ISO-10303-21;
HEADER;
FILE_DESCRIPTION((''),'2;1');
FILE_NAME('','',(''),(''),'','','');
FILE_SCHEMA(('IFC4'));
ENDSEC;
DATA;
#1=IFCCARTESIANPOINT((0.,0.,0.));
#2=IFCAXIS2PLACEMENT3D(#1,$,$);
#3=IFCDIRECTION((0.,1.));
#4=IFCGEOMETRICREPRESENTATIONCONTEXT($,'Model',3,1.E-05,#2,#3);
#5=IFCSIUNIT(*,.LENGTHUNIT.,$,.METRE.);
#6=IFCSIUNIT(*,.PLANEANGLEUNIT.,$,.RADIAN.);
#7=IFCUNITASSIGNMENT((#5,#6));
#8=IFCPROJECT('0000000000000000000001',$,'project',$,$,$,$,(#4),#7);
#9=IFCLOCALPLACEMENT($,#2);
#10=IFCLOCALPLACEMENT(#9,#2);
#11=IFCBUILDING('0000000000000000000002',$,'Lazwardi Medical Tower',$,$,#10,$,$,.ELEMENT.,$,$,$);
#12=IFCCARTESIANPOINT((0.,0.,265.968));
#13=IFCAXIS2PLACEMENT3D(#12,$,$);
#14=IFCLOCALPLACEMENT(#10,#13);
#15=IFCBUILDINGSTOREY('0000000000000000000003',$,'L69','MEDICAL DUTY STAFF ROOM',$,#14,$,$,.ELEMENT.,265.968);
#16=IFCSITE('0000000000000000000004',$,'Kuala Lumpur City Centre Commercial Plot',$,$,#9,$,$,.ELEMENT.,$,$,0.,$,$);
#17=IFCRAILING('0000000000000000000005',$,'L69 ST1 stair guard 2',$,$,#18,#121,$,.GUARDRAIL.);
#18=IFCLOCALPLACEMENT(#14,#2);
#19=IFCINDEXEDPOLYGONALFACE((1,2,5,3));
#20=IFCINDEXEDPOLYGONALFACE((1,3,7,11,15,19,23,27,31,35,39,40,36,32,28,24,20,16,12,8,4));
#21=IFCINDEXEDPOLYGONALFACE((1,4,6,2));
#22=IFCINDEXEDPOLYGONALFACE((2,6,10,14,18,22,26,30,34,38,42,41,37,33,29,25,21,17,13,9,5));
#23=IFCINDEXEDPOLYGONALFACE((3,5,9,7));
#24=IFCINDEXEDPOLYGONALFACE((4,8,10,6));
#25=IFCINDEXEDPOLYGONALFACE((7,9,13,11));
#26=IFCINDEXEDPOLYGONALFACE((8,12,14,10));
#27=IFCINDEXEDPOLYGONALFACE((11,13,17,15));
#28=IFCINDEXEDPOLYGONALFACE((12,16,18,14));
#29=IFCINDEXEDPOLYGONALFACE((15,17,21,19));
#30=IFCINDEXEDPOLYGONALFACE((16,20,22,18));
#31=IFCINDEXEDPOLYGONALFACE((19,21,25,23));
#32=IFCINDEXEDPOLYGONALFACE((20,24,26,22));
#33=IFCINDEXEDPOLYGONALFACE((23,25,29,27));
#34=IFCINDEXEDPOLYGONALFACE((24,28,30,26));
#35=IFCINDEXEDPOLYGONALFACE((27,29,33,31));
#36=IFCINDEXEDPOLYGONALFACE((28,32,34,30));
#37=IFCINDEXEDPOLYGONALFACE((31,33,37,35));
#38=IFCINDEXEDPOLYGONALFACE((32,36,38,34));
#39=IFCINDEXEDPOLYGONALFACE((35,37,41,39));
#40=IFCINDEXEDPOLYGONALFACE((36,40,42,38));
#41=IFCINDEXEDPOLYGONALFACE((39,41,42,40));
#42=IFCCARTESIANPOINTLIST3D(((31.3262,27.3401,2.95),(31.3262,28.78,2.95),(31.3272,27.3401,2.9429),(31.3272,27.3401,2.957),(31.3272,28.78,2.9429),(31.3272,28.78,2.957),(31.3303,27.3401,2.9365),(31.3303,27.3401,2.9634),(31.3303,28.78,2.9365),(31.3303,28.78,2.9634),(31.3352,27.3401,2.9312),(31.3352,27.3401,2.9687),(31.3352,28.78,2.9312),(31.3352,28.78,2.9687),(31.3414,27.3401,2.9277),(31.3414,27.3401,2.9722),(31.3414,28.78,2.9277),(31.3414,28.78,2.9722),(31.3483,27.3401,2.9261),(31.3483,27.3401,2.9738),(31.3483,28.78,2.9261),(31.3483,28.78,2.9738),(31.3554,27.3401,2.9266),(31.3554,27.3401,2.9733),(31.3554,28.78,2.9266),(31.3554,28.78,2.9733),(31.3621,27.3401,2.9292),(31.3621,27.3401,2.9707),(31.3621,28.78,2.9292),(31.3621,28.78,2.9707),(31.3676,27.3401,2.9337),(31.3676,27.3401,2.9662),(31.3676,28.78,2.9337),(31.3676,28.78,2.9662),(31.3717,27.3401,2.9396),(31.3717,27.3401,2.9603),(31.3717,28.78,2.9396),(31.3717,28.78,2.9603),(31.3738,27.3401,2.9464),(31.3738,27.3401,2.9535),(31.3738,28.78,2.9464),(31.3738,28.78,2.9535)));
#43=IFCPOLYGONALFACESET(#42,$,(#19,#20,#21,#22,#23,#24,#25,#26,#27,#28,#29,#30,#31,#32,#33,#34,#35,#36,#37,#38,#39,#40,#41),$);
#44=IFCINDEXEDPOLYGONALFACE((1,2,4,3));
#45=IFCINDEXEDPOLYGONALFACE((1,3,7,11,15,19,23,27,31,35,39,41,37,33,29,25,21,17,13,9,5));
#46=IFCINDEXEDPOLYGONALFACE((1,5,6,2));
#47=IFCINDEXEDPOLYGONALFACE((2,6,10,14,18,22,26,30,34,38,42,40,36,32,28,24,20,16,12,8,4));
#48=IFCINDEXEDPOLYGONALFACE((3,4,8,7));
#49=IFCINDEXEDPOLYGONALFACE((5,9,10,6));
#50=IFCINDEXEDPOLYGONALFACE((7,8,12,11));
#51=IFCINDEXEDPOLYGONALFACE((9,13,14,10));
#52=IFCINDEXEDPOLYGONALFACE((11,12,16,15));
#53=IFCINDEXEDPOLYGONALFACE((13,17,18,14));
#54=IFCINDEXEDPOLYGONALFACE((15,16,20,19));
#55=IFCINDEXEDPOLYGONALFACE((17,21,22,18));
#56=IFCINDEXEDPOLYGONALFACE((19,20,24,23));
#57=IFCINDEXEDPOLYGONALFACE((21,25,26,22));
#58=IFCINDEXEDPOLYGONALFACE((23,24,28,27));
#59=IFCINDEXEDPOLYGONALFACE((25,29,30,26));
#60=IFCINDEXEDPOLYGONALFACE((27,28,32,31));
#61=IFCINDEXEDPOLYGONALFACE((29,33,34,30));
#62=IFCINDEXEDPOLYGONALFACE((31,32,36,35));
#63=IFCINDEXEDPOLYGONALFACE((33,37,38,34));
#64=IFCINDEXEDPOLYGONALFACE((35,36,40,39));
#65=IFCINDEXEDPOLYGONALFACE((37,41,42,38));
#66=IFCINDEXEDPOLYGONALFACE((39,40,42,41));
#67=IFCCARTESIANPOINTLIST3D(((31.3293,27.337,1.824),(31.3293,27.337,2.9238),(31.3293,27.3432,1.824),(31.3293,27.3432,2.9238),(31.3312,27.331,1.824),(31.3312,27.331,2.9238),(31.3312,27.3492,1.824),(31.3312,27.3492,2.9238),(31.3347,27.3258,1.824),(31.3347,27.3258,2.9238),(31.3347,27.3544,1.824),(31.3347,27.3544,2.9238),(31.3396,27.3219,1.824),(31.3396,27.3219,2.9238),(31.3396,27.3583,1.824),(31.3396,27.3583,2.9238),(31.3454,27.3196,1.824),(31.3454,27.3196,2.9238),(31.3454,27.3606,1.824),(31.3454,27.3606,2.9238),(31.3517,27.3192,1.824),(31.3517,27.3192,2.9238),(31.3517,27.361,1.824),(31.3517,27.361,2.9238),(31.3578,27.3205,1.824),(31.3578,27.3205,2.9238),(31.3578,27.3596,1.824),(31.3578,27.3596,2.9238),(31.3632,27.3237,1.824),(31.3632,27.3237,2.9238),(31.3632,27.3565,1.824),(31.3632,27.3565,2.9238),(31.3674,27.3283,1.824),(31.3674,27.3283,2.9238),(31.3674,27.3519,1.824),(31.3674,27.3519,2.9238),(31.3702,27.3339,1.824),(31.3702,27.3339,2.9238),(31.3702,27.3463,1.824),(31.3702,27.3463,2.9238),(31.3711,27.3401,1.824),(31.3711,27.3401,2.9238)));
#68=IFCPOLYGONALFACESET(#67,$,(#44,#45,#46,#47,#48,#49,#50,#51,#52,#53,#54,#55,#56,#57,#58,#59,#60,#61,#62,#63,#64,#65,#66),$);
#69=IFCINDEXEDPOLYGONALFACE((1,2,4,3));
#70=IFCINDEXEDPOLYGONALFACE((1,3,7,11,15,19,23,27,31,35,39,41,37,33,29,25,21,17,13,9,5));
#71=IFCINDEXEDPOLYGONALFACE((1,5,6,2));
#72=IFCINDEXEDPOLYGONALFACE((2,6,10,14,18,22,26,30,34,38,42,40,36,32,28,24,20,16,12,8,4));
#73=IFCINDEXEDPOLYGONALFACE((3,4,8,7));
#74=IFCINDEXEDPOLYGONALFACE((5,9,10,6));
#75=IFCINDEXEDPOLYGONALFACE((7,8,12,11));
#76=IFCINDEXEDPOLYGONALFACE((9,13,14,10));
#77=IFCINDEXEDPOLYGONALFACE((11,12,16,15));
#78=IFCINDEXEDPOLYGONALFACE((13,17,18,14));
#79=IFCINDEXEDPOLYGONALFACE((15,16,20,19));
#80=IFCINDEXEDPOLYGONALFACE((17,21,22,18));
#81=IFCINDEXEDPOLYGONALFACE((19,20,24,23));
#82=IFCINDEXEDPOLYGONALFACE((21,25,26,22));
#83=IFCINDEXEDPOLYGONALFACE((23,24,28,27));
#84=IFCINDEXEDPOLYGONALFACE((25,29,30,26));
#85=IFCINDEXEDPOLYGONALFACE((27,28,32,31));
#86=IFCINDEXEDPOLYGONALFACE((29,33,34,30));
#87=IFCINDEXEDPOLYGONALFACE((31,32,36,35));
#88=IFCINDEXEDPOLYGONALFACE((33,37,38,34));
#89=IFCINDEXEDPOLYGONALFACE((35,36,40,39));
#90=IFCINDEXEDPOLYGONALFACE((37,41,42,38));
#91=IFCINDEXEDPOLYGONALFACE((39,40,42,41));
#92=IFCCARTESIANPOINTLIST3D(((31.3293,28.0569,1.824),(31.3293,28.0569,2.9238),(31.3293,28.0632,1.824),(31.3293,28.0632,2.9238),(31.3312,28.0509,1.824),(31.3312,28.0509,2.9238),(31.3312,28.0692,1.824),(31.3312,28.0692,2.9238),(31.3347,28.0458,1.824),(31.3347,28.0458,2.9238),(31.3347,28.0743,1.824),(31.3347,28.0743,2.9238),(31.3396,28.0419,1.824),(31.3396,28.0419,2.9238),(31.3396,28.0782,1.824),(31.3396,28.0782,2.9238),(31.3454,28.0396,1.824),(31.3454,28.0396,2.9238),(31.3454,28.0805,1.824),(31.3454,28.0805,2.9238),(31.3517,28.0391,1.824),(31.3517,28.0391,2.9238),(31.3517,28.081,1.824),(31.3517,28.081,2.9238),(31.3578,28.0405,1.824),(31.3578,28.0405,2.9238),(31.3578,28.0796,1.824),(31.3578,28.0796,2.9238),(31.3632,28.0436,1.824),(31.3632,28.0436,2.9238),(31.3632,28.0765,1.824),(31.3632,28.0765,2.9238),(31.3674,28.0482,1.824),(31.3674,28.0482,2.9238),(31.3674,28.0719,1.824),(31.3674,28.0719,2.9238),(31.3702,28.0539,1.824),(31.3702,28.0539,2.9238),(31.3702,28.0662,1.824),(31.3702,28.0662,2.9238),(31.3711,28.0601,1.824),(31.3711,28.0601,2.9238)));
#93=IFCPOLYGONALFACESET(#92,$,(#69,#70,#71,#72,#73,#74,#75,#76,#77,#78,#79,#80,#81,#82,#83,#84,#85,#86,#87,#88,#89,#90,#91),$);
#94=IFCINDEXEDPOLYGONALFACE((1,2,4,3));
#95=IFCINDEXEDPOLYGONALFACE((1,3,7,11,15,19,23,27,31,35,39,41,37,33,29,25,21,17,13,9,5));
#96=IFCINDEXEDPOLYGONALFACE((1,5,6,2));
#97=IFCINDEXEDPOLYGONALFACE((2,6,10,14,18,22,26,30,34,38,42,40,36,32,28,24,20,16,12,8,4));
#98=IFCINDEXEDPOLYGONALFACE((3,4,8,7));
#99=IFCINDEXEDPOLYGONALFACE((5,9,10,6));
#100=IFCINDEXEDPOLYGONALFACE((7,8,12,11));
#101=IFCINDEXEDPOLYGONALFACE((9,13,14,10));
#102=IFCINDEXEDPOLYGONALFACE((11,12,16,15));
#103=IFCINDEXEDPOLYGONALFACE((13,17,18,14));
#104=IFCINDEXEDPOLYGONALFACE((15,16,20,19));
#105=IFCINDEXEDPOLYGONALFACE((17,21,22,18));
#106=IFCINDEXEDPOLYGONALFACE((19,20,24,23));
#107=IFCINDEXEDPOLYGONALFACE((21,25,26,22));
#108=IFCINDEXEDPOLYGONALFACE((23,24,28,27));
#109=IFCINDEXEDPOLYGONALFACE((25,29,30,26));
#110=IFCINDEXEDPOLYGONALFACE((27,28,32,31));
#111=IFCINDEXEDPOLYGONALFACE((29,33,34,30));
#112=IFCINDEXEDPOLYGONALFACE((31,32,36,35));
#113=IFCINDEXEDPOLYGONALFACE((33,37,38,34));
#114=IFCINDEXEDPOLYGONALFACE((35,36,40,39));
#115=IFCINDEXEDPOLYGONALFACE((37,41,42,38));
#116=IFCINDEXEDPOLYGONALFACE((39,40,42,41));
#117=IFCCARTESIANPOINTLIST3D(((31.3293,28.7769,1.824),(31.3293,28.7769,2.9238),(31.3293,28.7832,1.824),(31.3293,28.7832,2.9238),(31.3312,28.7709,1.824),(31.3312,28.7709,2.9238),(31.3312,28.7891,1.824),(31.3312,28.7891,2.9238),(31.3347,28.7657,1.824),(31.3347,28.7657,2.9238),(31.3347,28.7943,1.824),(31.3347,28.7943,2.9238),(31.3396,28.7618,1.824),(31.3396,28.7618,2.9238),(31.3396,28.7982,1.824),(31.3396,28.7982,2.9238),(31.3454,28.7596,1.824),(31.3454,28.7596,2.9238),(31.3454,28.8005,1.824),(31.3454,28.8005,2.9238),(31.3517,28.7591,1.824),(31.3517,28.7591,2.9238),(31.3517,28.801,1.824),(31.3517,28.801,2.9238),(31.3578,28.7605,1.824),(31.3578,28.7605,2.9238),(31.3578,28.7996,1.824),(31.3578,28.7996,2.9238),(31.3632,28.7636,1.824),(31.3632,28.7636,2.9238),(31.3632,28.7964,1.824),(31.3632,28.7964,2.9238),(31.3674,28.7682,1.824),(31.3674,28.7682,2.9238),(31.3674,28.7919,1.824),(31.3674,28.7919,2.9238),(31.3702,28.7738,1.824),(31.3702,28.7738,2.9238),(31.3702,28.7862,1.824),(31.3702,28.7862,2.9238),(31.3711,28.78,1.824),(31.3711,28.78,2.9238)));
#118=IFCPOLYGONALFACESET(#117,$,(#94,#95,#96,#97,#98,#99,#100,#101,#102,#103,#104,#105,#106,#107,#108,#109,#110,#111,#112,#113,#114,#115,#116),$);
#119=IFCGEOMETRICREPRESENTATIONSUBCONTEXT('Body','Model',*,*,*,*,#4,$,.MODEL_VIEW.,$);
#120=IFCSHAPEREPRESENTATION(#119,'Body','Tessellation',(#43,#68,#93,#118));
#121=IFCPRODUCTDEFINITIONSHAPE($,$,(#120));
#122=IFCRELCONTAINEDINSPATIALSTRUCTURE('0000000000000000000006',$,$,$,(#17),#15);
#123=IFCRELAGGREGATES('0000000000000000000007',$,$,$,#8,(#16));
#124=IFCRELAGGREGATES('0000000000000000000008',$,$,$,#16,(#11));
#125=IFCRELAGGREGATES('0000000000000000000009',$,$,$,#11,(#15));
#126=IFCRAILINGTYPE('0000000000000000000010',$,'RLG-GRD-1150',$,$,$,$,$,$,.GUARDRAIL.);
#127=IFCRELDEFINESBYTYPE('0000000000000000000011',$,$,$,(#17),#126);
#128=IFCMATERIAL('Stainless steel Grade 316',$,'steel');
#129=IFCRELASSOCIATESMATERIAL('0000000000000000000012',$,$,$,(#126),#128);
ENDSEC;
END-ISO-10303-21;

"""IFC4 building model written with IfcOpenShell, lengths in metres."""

from ifc_helpers import new_model, si_unit, direction, frame, origin, origin_2d, place, context, subcontext, project, spatial, circle, extrude, material, type_object, element, save


model = new_model("IFC4")

# Units and contexts
model_context = context("Model", 3, precision=1e-05, world=origin(), true_north=direction((0.0, 1.0)))
body_context = subcontext(model_context, "Body", "Model", "MODEL_VIEW")
ifc_project = project(units=[si_unit("LENGTHUNIT", "METRE"), si_unit("PLANEANGLEUNIT", "RADIAN")], contexts=[model_context])

# Site, building, storey
site_placement = place(None, origin())
site = spatial("IfcSite", under=ifc_project, at=site_placement, Name="Kuala Lumpur City Centre Commercial Plot", CompositionType="ELEMENT", RefElevation=0.0)
building_placement = place(site_placement, origin())
building = spatial("IfcBuilding", under=site, at=building_placement, Name="Lazwardi Medical Tower", CompositionType="ELEMENT")
storey_placement = place(building_placement, frame((0.0, 0.0, 265.968)))
storey = spatial("IfcBuildingStorey", under=building, at=storey_placement, Name="L69", Description="MEDICAL DUTY STAFF ROOM", CompositionType="ELEMENT", Elevation=265.968)

# Railing
ifc_material_1 = material(Name="Stainless steel Grade 316", Category="steel")
railing_type_1 = type_object("IfcRailingType", Name="RLG-GRD-1150", PredefinedType="GUARDRAIL", material=ifc_material_1)
railing_1_placement = place(storey_placement, frame((31.3501, 27.3401, 1.824)))
element("IfcRailing", 1, at=railing_1_placement, inside=storey, type_object=railing_type_1, Name="L69 ST1 stair guard 2", PredefinedType="GUARDRAIL", context=body_context, shape_type="SweptSolid", body=[
    extrude(circle(Radius=0.0239, at=origin_2d()), frame((0.0, 0.0, 1.126), z_axis=(0.0, 1.0, 0.0), x_axis=(-1.0, 0.0, 0.0)), (0.0, 0.0, 1.0), 1.4399),
    extrude(circle(Radius=0.021, at=origin_2d()), origin(), (0.0, 0.0, 1.0), 1.0999),
    extrude(circle(Radius=0.021, at=origin_2d()), frame((0.0, 0.72, 0.0)), (0.0, 0.0, 1.0), 1.0999),
    extrude(circle(Radius=0.021, at=origin_2d()), frame((0.0, 1.4399, 0.0)), (0.0, 0.0, 1.0), 1.0999),
])

save(model, "model.ifc")
